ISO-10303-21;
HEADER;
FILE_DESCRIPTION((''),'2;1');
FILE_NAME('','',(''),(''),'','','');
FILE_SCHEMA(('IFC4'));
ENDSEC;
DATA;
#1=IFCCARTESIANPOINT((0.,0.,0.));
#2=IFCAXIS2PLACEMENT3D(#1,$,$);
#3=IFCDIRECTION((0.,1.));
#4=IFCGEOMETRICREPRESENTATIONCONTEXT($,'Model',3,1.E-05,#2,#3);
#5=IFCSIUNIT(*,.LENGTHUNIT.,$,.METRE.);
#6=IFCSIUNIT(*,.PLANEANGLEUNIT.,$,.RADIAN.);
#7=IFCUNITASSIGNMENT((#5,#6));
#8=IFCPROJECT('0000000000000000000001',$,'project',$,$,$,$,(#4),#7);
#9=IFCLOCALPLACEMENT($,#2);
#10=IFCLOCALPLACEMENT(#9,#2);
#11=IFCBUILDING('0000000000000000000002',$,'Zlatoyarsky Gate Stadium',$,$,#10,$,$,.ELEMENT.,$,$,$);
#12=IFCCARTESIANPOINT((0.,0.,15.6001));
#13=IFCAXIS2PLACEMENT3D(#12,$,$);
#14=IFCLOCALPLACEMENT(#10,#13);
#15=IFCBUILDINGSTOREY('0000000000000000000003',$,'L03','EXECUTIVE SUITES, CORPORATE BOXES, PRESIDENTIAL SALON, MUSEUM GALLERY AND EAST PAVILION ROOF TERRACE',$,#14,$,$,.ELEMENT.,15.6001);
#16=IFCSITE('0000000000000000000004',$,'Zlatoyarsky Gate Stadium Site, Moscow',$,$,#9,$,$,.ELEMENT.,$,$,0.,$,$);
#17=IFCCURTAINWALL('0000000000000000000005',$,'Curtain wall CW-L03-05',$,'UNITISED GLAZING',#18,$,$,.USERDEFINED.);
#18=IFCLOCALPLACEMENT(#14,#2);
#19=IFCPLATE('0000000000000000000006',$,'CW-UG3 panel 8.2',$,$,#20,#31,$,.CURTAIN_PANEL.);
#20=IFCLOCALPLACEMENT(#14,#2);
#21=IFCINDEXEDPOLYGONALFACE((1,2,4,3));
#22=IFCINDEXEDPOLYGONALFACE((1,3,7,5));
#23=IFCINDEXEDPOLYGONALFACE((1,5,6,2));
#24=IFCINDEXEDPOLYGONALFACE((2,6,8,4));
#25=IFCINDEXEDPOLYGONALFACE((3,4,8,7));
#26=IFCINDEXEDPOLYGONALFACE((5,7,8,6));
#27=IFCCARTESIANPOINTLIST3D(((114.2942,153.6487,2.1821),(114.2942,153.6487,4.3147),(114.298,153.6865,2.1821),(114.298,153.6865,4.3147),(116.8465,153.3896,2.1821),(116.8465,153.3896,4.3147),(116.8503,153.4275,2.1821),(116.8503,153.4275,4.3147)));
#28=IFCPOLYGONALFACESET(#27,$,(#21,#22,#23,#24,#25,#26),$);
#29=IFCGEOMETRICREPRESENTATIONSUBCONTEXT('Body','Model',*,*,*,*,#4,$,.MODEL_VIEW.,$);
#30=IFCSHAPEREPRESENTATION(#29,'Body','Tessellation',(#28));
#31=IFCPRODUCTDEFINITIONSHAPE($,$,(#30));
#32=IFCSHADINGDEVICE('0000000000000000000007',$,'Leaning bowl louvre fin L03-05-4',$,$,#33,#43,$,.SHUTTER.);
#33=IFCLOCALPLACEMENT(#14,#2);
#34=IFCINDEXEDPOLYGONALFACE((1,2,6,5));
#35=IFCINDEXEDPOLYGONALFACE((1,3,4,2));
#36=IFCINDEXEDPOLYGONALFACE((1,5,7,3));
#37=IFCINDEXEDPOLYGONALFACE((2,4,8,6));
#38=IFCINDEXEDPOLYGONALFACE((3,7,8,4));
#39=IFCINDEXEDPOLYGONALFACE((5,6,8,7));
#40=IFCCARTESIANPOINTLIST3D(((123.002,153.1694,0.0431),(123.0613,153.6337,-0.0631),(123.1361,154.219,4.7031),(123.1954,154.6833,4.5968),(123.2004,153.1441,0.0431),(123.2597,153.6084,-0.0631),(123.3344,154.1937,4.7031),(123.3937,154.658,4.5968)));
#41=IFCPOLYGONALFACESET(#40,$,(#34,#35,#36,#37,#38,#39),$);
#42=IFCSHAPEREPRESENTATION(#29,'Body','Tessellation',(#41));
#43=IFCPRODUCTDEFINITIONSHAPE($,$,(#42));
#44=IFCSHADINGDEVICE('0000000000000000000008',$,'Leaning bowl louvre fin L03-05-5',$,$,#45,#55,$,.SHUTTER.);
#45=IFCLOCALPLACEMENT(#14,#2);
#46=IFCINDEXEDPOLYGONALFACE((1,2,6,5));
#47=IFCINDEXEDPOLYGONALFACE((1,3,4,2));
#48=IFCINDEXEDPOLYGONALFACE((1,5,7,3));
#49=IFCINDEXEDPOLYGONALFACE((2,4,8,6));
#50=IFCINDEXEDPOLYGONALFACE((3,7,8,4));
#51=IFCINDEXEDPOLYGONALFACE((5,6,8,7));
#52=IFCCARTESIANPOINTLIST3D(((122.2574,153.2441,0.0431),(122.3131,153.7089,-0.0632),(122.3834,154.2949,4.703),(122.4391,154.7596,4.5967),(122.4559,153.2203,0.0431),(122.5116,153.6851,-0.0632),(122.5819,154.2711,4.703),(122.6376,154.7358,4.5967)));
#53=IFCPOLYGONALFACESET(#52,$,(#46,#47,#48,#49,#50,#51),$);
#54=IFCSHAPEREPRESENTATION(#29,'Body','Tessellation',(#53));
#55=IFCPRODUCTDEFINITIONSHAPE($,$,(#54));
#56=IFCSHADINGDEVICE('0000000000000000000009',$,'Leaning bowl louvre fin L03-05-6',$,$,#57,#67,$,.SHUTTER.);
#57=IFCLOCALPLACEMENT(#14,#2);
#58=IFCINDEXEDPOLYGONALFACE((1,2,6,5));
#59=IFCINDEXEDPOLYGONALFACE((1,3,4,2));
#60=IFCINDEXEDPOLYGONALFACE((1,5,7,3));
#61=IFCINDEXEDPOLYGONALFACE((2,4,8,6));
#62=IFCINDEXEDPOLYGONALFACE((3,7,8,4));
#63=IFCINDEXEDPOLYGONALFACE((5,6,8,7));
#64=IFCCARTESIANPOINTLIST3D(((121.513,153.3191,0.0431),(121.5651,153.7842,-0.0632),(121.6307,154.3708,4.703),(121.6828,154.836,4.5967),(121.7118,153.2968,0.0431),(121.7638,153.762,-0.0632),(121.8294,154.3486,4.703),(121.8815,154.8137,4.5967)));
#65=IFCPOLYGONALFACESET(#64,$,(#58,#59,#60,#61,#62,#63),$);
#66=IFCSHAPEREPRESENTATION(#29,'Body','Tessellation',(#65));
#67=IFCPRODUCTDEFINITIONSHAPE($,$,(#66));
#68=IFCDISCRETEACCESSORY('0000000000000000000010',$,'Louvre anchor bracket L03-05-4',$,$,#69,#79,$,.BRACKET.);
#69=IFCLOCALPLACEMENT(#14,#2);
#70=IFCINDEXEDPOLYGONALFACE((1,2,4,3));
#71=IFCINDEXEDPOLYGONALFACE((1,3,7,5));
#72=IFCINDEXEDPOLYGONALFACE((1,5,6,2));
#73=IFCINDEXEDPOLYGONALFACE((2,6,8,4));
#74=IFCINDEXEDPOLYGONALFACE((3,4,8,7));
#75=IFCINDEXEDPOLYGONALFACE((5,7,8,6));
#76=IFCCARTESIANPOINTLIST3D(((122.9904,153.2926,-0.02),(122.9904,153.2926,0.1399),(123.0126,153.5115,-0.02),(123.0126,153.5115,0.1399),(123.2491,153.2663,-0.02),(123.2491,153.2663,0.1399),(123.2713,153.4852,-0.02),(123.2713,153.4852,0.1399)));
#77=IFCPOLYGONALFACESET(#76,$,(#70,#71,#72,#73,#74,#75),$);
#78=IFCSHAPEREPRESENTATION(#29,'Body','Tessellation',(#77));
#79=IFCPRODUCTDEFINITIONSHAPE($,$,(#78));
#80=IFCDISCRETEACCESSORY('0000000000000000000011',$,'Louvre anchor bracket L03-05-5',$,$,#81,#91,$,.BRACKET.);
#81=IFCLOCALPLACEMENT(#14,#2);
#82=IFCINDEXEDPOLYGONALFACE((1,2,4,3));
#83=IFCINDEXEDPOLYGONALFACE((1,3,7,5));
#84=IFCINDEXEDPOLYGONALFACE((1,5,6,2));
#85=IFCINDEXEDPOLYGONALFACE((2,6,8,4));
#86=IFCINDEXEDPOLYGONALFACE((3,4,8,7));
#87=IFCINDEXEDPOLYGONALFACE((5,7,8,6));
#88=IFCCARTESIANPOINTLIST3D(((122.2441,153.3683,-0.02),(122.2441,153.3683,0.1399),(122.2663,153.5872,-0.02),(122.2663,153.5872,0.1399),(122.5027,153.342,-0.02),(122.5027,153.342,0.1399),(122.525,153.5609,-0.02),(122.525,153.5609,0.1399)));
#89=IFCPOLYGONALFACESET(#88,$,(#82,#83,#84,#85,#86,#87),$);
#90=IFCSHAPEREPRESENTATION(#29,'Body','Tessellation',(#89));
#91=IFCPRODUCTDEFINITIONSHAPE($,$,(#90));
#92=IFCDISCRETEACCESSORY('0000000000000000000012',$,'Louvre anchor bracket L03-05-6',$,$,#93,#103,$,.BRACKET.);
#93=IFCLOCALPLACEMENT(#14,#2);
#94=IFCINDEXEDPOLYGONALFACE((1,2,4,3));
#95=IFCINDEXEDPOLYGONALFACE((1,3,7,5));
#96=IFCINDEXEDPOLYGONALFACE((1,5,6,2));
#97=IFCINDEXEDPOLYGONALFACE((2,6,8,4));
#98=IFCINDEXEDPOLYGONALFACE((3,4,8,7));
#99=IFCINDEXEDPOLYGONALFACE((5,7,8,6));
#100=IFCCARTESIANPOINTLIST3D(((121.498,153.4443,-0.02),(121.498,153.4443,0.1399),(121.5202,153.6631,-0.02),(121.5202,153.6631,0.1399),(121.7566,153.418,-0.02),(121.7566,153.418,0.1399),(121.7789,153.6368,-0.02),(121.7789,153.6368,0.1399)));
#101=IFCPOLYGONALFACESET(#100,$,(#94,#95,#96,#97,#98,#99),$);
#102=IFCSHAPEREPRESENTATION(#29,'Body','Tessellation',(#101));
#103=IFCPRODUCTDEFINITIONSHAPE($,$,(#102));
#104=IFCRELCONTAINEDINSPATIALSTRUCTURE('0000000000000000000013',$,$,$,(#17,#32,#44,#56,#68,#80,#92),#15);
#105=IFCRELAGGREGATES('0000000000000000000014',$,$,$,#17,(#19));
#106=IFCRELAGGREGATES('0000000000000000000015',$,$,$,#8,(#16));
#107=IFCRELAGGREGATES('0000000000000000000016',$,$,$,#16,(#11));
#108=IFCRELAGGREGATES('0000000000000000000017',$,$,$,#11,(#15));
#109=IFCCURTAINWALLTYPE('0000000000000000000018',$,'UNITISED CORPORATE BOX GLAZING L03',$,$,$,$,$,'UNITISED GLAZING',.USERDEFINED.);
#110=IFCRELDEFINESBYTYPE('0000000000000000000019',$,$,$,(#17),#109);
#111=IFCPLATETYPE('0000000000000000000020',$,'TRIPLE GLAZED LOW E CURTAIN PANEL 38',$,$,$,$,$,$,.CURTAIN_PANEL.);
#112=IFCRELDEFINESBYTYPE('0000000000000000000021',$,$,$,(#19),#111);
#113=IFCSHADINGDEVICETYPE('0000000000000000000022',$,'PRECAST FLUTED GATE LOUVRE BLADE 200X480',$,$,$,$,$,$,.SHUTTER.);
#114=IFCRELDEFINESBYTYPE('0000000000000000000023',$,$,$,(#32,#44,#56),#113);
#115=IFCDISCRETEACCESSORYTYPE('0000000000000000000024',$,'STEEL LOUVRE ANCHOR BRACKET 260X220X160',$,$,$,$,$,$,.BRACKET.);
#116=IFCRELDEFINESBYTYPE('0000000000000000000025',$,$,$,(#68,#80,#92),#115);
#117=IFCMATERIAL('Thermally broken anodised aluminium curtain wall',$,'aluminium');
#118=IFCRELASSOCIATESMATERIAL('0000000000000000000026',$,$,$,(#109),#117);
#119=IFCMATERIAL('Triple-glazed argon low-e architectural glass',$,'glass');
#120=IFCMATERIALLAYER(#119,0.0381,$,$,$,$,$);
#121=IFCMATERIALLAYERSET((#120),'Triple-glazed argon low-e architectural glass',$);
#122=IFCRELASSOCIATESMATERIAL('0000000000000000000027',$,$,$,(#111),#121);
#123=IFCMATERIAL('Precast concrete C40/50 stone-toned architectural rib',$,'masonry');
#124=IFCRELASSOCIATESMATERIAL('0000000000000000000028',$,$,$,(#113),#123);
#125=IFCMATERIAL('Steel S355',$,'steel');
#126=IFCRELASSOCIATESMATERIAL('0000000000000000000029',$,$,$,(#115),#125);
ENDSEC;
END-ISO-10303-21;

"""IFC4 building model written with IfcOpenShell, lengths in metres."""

from ifc_helpers import new_model, si_unit, direction, frame, origin, origin_2d, place, context, subcontext, project, spatial, rectangle, extrude, material, layer, layer_set, material_profile, profile_set, type_object, element, aggregate, save


model = new_model("IFC4")

# Units and contexts
model_context = context("Model", 3, precision=1e-05, world=origin(), true_north=direction((0.0, 1.0)))
body_context = subcontext(model_context, "Body", "Model", "MODEL_VIEW")
ifc_project = project(units=[si_unit("LENGTHUNIT", "METRE"), si_unit("PLANEANGLEUNIT", "RADIAN")], contexts=[model_context])

# Site, building, storey
site_placement = place(None, origin())
site = spatial("IfcSite", under=ifc_project, at=site_placement, Name="Zlatoyarsky Gate Stadium Site, Moscow", CompositionType="ELEMENT", RefElevation=0.0)
building_placement = place(site_placement, origin())
building = spatial("IfcBuilding", under=site, at=building_placement, Name="Zlatoyarsky Gate Stadium", CompositionType="ELEMENT")
storey_placement = place(building_placement, frame((0.0, 0.0, 15.6001)))
storey = spatial("IfcBuildingStorey", under=building, at=storey_placement, Name="L03", Description="EXECUTIVE SUITES, CORPORATE BOXES, PRESIDENTIAL SALON, MUSEUM GALLERY AND EAST PAVILION ROOF TERRACE", CompositionType="ELEMENT", Elevation=15.6001)

# Shared definitions
ifc_material_1 = material(Name="Steel S355", Category="steel")

# Curtain wall
ifc_material_2 = material(Name="Thermally broken anodised aluminium curtain wall", Category="aluminium")
curtain_wall_type_1 = type_object("IfcCurtainWallType", Name="UNITISED CORPORATE BOX GLAZING L03", ElementType="UNITISED GLAZING", PredefinedType="USERDEFINED", material=ifc_material_2)
curtain_wall_1_placement = place(storey_placement, origin())
curtain_wall_1 = element("IfcCurtainWall", 1, at=curtain_wall_1_placement, inside=storey, type_object=curtain_wall_type_1, Name="Curtain wall CW-L03-05", ObjectType="UNITISED GLAZING", PredefinedType="USERDEFINED")

# Plate
ifc_material_3 = material(Name="Triple-glazed argon low-e architectural glass", Category="glass")
ifc_layer_1 = layer(ifc_material_3, 0.0381)
ifc_layer_set_1 = layer_set([ifc_layer_1], Name="Triple-glazed argon low-e architectural glass")
plate_type_1 = type_object("IfcPlateType", Name="TRIPLE GLAZED LOW E CURTAIN PANEL 38", PredefinedType="CURTAIN_PANEL", material=ifc_layer_set_1)
plate_1_placement = place(storey_placement, frame((115.5723, 153.5381, 2.1821), z_axis=(0.0, 0.0, 1.0), x_axis=(-0.99489, 0.100968, 0.0)))
plate_1 = element("IfcPlate", 2, at=plate_1_placement, type_object=plate_type_1, Name="CW-UG3 panel 8.2", PredefinedType="CURTAIN_PANEL", context=body_context, shape_type="SweptSolid", body=[
    extrude(rectangle(XDim=2.5654, YDim=0.0381, at=origin_2d()), origin(), (0.0, 0.0, 1.0), 2.1326),
])
aggregate(curtain_wall_1, [plate_1])

# Shading devices
ifc_material_4 = material(Name="Precast concrete C40/50 stone-toned architectural rib", Category="masonry")
ifc_material_profile_1 = material_profile(ifc_material_4, rectangle(XDim=0.2, YDim=0.48, at=origin_2d()), Name="RIB 200X480")
ifc_profile_set_1 = profile_set([ifc_material_profile_1], Name="Precast concrete C40/50 stone-toned architectural rib")
shading_device_type = type_object("IfcShadingDeviceType", Name="PRECAST FLUTED GATE LOUVRE BLADE 200X480", PredefinedType="SHUTTER", material=ifc_profile_set_1)
for number, where, z_axis, x_axis, name in (
    (3, (123.1309, 153.3889, -0.01), (0.028049, 0.219641, 0.975177), (-0.991944, 0.126675, 0.0), "Leaning bowl louvre fin L03-05-4"),
    (4, (122.3845, 153.4646, -0.01), (0.026363, 0.219894, 0.975167), (-0.99289, 0.119036, 0.0), "Leaning bowl louvre fin L03-05-5"),
    (5, (121.6384, 153.5405, -0.01), (0.024626, 0.220098, 0.975167), (-0.993799, 0.111191, 0.0), "Leaning bowl louvre fin L03-05-6"),
):
    element("IfcShadingDevice", number, at=place(storey_placement, frame(where, z_axis=z_axis, x_axis=x_axis)), inside=storey, type_object=shading_device_type, Name=name, PredefinedType="SHUTTER", context=body_context, shape_type="SweptSolid", body=[
        extrude(rectangle(XDim=0.2, YDim=0.48, at=origin_2d()), origin(), (0.0, 0.0, 1.0), 4.7786),
    ])

# Discrete accessories
discrete_accessory_type = type_object("IfcDiscreteAccessoryType", Name="STEEL LOUVRE ANCHOR BRACKET 260X220X160", PredefinedType="BRACKET", material=ifc_material_1)
for number, where, z_axis, x_axis, name in (
    (6, (123.1309, 153.3889, -0.02), (0.0, 0.0, 1.0), (-0.994871, 0.101155, 0.0), "Louvre anchor bracket L03-05-4"),
    (7, (122.3845, 153.4646, -0.02), (0.0, 0.0, 1.0), (-0.994871, 0.101155, 0.0), "Louvre anchor bracket L03-05-5"),
    (8, (121.6384, 153.5405, -0.02), (0.0, 0.0, 1.0), (-0.994871, 0.101155, 0.0), "Louvre anchor bracket L03-05-6"),
):
    element("IfcDiscreteAccessory", number, at=place(storey_placement, frame(where, z_axis=z_axis, x_axis=x_axis)), inside=storey, type_object=discrete_accessory_type, Name=name, PredefinedType="BRACKET", context=body_context, shape_type="SweptSolid", body=[
        extrude(rectangle(XDim=0.26, YDim=0.22, at=origin_2d()), origin(), (0.0, 0.0, 1.0), 0.1599),
    ])

save(model, "model.ifc")
